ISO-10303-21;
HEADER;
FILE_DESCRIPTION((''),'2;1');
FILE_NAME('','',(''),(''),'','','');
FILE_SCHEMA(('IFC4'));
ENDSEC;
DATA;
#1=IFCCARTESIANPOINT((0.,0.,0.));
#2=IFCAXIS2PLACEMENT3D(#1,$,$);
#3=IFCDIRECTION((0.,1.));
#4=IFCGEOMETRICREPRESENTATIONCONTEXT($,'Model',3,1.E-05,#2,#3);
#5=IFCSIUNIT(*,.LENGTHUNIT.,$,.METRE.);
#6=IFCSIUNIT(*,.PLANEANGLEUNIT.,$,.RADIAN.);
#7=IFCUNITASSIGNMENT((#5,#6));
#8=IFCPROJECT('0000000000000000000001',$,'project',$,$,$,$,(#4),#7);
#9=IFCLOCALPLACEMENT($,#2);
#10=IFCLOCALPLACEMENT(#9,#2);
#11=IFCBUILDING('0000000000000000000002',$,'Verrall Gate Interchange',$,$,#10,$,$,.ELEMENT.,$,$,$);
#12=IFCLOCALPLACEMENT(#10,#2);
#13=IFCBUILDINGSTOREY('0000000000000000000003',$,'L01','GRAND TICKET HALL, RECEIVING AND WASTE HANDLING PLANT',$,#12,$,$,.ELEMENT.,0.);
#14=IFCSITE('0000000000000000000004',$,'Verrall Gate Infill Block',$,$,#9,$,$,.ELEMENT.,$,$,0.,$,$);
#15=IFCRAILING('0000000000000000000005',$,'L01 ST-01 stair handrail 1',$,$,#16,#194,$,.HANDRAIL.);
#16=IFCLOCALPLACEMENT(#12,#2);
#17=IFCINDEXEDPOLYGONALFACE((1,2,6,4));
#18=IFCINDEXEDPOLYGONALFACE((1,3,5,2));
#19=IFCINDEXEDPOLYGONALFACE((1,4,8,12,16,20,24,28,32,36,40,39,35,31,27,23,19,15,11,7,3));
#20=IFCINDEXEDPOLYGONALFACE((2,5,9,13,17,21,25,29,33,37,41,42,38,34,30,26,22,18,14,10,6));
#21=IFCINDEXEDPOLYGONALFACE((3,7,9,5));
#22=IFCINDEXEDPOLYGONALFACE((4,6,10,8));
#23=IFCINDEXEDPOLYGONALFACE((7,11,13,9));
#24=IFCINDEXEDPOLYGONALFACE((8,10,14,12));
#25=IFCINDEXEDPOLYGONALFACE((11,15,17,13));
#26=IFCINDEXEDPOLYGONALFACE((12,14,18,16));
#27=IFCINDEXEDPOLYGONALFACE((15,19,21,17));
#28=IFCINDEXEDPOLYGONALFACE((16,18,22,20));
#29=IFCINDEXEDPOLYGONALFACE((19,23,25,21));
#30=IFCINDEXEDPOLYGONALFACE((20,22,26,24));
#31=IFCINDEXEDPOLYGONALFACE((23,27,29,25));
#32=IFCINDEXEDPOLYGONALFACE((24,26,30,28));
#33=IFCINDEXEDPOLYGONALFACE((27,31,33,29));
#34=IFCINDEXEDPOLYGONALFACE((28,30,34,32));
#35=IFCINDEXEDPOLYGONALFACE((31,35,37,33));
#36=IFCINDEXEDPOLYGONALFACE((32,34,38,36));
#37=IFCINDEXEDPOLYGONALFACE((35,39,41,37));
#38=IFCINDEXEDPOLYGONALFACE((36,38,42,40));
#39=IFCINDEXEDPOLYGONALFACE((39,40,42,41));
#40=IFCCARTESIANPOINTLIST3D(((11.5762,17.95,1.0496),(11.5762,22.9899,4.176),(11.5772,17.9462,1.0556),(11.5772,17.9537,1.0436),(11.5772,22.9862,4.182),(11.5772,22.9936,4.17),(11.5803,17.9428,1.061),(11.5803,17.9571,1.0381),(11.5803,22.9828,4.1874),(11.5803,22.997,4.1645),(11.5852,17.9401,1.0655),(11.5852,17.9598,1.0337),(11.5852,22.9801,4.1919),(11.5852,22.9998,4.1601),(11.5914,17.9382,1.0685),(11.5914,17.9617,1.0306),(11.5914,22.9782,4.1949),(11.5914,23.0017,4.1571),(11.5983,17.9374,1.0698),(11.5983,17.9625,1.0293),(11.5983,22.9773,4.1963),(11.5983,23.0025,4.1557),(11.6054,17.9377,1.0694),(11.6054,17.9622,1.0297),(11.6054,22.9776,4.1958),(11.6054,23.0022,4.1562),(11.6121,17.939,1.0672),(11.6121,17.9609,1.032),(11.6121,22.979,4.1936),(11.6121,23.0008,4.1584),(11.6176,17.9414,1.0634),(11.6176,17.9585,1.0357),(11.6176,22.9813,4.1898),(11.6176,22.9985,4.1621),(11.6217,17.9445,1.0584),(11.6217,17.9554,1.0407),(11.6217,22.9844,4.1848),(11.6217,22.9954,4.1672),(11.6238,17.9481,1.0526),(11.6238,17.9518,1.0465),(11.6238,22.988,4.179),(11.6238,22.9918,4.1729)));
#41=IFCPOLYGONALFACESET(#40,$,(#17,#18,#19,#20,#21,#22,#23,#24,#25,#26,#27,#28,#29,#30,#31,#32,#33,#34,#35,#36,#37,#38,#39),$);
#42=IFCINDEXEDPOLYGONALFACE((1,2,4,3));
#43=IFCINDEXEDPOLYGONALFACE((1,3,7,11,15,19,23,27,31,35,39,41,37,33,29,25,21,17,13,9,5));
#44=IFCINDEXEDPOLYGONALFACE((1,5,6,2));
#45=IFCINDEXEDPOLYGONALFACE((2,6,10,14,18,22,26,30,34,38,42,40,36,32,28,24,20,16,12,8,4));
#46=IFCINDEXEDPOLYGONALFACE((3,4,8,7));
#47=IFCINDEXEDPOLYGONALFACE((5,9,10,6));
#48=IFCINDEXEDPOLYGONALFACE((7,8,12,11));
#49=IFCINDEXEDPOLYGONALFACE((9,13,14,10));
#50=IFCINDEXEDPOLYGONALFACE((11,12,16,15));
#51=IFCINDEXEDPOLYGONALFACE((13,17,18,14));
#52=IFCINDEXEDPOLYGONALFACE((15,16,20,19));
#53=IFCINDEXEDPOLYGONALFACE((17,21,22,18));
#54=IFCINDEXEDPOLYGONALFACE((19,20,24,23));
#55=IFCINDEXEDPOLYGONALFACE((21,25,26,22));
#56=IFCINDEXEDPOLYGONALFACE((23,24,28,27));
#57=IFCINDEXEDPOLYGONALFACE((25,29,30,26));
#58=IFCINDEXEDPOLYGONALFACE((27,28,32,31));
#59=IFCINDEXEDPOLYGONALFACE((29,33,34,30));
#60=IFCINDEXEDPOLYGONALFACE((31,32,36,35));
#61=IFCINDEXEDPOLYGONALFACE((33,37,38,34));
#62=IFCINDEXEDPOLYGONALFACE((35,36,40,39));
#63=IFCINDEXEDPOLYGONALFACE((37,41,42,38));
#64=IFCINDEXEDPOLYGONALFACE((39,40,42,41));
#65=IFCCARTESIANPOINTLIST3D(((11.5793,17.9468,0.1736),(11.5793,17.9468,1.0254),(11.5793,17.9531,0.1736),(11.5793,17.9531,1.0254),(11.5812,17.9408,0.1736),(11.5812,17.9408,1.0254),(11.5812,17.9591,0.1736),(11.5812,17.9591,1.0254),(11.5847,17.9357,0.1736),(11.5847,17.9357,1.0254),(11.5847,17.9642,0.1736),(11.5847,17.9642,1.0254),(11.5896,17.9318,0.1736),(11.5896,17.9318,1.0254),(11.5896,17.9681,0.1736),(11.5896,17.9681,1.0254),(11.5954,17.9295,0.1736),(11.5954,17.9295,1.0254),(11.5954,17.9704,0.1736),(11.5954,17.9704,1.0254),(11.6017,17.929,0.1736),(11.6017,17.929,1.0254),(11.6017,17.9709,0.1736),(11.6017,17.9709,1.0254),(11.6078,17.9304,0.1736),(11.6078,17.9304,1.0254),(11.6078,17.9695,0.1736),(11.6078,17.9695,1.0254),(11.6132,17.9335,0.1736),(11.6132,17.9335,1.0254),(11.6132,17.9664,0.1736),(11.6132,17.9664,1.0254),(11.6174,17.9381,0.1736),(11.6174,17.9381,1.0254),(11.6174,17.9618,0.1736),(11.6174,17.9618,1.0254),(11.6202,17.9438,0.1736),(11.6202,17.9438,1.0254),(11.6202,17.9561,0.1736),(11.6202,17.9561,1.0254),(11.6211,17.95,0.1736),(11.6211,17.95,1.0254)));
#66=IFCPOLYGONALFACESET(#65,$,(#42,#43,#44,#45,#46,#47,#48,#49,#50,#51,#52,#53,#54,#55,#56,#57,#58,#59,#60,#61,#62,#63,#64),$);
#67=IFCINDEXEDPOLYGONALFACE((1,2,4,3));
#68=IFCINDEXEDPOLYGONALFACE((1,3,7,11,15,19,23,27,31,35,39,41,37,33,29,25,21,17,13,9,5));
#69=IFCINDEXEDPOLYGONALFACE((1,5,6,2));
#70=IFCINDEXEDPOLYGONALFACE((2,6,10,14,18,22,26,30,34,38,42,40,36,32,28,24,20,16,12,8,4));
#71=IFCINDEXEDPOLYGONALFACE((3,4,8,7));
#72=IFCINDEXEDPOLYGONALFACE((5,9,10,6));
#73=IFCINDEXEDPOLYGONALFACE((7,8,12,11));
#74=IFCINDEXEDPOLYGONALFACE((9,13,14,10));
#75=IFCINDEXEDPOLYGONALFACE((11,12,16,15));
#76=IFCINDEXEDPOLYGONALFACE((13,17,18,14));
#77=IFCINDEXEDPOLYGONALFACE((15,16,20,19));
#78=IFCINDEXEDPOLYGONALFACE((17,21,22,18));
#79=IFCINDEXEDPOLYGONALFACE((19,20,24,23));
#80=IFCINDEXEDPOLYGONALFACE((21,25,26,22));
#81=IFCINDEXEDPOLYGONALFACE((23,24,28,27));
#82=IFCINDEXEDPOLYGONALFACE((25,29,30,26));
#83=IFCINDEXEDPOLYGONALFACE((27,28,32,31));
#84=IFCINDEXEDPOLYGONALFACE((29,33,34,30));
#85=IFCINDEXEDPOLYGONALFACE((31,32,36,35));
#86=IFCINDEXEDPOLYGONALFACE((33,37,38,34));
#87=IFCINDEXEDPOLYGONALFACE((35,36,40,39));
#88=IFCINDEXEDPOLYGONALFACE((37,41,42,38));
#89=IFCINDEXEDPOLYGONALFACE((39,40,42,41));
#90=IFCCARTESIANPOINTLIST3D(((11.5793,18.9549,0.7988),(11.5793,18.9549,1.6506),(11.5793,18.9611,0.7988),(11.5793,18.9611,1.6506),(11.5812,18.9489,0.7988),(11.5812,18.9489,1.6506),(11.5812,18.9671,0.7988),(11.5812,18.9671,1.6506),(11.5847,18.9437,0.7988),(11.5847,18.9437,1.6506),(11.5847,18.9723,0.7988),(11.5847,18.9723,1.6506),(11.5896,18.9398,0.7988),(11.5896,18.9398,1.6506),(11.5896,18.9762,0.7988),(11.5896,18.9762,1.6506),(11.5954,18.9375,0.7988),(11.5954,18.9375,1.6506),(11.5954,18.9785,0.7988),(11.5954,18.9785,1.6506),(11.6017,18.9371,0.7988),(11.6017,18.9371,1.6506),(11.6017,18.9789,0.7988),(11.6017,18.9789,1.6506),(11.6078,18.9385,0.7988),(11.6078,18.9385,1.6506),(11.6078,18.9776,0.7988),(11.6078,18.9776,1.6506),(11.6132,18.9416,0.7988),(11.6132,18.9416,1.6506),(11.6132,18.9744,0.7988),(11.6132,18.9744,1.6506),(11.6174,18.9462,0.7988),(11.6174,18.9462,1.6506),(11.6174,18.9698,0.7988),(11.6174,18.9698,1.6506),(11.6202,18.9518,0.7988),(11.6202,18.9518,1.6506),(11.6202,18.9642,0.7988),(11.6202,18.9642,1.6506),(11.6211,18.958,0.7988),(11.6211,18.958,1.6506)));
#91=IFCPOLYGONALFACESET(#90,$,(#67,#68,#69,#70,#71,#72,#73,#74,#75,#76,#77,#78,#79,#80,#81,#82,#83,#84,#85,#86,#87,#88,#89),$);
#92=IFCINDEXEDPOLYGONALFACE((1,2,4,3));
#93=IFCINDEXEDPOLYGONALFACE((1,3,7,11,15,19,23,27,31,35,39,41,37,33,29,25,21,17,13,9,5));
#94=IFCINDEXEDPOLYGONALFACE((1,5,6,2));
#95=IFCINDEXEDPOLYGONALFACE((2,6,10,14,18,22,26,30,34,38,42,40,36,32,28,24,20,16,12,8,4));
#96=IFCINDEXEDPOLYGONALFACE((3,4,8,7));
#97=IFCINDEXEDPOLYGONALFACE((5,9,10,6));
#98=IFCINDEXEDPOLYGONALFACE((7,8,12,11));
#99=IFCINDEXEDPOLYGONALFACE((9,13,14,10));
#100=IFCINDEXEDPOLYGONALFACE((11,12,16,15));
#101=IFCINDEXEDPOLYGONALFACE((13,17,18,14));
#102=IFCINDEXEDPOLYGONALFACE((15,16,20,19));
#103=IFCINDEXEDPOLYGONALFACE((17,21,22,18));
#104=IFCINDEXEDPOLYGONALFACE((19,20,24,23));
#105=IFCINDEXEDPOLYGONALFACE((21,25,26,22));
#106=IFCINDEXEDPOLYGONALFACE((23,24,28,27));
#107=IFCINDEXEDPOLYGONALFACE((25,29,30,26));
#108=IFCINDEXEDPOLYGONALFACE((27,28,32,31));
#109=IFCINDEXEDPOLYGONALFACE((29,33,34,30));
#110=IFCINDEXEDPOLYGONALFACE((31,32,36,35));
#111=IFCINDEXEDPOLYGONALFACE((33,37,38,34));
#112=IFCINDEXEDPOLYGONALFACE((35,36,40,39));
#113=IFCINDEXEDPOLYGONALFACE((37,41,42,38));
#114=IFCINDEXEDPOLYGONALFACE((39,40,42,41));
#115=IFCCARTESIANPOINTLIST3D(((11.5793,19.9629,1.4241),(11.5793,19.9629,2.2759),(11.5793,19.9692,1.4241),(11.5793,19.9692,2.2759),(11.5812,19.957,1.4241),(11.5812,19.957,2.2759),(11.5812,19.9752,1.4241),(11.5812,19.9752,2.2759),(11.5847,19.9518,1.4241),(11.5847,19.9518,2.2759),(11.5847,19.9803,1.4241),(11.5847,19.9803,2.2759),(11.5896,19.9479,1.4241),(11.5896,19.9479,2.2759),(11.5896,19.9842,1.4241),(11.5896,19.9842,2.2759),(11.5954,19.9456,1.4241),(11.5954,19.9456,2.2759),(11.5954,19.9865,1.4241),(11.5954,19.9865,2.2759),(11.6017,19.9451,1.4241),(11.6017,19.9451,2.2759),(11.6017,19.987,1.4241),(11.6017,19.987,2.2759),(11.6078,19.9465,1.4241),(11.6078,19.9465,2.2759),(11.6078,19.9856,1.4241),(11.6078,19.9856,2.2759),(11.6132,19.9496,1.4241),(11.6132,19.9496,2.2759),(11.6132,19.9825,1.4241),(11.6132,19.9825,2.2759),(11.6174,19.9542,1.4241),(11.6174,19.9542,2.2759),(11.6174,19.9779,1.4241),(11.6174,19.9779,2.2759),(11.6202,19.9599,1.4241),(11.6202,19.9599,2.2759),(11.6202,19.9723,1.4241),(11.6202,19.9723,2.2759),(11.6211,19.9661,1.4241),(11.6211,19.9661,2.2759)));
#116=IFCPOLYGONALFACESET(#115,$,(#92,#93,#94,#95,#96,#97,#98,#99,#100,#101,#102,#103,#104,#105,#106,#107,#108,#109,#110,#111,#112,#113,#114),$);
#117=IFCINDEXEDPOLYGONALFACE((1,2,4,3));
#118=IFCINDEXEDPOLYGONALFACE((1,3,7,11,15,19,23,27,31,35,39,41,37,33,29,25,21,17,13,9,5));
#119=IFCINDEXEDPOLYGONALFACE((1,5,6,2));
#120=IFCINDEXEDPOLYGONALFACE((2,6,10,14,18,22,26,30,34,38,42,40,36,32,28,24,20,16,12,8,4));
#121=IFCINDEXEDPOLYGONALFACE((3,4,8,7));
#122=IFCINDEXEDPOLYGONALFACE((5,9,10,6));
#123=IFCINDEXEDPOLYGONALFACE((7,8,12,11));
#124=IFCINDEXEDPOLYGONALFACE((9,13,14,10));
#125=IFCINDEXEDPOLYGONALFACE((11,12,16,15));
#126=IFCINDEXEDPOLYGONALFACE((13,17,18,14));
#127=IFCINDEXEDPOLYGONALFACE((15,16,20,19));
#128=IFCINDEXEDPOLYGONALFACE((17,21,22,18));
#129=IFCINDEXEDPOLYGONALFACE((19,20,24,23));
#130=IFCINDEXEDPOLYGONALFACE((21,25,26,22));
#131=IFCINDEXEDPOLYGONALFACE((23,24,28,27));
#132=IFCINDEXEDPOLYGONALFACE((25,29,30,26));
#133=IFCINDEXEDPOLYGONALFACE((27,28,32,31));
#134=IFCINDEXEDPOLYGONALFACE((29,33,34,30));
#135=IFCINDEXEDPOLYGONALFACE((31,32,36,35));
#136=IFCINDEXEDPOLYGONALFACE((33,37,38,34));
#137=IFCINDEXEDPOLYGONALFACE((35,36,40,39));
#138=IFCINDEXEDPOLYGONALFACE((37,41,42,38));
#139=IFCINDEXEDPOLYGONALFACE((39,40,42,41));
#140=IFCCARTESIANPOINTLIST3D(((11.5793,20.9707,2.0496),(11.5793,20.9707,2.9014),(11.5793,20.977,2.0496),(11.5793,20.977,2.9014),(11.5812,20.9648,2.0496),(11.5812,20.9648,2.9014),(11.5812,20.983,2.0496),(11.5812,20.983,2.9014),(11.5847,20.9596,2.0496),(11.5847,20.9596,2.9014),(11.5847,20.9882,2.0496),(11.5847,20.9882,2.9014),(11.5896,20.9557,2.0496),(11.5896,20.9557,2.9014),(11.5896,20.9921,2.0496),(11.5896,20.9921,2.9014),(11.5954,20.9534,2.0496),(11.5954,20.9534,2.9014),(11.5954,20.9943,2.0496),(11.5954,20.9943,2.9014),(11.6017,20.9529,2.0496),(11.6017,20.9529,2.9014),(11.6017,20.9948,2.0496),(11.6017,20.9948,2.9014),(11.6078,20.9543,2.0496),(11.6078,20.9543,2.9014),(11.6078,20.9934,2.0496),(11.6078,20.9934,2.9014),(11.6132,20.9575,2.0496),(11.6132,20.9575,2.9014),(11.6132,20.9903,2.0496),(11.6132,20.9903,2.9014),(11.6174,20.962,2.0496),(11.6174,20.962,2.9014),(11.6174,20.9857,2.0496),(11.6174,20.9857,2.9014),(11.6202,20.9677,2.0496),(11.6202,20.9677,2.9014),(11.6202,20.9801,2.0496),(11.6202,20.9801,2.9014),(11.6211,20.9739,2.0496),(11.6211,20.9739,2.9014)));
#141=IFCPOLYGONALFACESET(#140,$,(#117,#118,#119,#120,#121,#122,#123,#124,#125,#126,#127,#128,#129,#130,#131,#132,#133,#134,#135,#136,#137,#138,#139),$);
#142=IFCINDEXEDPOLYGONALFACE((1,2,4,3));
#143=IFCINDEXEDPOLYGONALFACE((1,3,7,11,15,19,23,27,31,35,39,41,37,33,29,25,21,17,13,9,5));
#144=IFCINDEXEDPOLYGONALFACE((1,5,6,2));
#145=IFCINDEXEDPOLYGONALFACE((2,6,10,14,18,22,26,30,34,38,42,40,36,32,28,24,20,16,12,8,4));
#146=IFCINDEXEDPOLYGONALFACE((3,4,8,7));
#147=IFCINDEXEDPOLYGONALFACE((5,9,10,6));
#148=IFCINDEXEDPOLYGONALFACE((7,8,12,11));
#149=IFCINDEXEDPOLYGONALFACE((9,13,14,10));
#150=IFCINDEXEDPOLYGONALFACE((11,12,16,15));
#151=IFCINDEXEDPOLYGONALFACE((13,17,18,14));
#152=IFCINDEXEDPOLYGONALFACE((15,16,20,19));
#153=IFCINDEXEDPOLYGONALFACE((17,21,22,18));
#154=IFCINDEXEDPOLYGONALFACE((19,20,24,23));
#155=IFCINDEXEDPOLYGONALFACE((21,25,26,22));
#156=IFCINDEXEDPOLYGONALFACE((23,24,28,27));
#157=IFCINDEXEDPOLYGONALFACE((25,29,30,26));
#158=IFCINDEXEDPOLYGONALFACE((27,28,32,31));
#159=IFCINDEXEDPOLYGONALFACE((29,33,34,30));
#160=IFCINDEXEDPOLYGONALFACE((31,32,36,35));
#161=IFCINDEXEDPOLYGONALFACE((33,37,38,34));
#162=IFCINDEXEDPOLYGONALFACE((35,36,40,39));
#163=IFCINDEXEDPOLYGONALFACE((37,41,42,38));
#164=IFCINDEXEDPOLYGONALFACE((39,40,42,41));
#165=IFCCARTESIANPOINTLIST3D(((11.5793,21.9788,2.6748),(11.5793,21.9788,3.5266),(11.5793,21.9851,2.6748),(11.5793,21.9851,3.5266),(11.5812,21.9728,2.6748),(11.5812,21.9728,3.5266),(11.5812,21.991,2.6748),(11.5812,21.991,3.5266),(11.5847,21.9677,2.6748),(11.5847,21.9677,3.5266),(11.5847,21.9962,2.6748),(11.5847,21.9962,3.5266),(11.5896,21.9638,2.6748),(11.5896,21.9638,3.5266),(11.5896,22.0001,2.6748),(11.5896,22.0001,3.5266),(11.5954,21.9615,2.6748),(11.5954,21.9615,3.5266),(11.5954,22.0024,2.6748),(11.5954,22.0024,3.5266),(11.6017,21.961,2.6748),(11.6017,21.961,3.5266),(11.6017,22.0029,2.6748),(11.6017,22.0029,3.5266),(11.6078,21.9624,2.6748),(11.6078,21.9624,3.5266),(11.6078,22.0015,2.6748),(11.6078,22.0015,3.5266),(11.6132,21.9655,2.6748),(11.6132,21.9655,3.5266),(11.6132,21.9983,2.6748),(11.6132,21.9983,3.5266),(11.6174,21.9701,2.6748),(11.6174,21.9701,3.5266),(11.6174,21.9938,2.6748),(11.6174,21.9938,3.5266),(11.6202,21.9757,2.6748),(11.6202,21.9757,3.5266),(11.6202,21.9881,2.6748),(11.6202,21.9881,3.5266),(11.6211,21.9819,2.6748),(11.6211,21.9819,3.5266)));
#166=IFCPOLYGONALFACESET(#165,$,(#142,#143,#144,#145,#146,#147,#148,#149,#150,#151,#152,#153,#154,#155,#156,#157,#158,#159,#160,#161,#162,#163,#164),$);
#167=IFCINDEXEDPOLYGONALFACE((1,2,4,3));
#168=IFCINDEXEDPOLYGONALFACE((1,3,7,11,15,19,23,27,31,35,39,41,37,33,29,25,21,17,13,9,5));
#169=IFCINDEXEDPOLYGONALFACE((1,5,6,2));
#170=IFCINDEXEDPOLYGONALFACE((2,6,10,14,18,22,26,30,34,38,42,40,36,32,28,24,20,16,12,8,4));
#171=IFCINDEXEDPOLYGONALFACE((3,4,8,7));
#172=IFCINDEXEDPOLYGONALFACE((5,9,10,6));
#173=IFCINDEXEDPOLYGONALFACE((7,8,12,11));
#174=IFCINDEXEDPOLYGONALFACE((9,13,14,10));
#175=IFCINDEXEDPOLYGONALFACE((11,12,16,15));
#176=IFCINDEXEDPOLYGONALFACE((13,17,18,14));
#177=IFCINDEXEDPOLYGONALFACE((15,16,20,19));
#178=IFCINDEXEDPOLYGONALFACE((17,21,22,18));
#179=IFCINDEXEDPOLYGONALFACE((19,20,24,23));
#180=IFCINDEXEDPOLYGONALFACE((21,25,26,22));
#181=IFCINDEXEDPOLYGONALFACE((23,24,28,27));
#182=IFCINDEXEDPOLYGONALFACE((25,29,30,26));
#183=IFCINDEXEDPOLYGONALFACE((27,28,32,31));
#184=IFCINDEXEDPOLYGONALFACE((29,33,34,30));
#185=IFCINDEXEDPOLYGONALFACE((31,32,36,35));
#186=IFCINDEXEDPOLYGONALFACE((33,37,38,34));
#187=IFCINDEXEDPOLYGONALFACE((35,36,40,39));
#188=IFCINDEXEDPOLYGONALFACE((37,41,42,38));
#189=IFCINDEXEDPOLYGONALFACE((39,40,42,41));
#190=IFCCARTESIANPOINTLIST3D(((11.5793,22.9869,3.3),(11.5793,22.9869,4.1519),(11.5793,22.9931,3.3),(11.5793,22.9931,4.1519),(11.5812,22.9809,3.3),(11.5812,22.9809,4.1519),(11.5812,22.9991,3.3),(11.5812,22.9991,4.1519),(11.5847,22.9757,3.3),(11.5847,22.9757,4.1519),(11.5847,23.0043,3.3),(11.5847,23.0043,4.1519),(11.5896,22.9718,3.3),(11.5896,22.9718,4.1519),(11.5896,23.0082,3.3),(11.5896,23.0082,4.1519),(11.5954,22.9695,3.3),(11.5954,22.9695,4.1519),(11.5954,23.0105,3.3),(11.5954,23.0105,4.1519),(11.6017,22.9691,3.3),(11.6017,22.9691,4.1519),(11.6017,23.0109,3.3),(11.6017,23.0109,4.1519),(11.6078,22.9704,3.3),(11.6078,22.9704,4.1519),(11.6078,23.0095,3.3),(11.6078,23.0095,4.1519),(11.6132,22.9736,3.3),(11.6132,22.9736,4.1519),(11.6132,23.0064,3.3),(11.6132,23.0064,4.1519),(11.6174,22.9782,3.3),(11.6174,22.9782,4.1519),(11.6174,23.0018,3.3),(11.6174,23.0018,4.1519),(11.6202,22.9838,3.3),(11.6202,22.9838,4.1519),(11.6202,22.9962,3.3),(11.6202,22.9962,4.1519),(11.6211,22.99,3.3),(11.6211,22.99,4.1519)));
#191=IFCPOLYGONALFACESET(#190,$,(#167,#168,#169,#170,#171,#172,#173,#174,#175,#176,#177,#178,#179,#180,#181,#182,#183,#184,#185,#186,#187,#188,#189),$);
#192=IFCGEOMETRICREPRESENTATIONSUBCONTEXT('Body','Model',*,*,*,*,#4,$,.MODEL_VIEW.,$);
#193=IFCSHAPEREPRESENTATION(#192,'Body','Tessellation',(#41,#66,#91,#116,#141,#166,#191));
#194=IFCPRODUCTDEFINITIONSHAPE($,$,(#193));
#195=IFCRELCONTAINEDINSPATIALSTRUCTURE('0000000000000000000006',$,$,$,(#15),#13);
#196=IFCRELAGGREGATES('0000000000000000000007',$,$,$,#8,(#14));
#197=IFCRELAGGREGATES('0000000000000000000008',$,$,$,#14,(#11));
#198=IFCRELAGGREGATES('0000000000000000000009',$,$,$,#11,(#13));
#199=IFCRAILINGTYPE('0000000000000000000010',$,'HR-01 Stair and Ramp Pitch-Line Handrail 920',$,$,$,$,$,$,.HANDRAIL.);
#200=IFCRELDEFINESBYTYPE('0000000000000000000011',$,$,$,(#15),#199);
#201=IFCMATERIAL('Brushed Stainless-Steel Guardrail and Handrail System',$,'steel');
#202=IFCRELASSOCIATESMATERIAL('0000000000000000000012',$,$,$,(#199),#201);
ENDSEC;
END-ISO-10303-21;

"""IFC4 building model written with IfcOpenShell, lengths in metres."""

from ifc_helpers import new_model, si_unit, direction, frame, origin, origin_2d, place, context, subcontext, project, spatial, circle, extrude, material, type_object, element, save


model = new_model("IFC4")

# Units and contexts
model_context = context("Model", 3, precision=1e-05, world=origin(), true_north=direction((0.0, 1.0)))
body_context = subcontext(model_context, "Body", "Model", "MODEL_VIEW")
ifc_project = project(units=[si_unit("LENGTHUNIT", "METRE"), si_unit("PLANEANGLEUNIT", "RADIAN")], contexts=[model_context])

# Site, building, storey
site_placement = place(None, origin())
site = spatial("IfcSite", under=ifc_project, at=site_placement, Name="Verrall Gate Infill Block", CompositionType="ELEMENT", RefElevation=0.0)
building_placement = place(site_placement, origin())
building = spatial("IfcBuilding", under=site, at=building_placement, Name="Verrall Gate Interchange", CompositionType="ELEMENT")
storey_placement = place(building_placement, origin())
storey = spatial("IfcBuildingStorey", under=building, at=storey_placement, Name="L01", Description="GRAND TICKET HALL, RECEIVING AND WASTE HANDLING PLANT", CompositionType="ELEMENT", Elevation=0.0)

# Railing
ifc_material_1 = material(Name="Brushed Stainless-Steel Guardrail and Handrail System", Category="steel")
railing_type_1 = type_object("IfcRailingType", Name="HR-01 Stair and Ramp Pitch-Line Handrail 920", PredefinedType="HANDRAIL", material=ifc_material_1)
railing_1_placement = place(storey_placement, frame((11.6001, 17.95, 0.1736)))
element("IfcRailing", 1, at=railing_1_placement, inside=storey, type_object=railing_type_1, Name="L01 ST-01 stair handrail 1", PredefinedType="HANDRAIL", context=body_context, shape_type="SweptSolid", body=[
    extrude(circle(Radius=0.0239, at=origin_2d()), frame((0.0, 0.0, 0.876), z_axis=(0.0, 0.849779, 0.527139), x_axis=(-1.0, 0.0, 0.0)), (0.0, 0.0, 1.0), 5.9309),
    extrude(circle(Radius=0.021, at=origin_2d()), origin(), (0.0, 0.0, 1.0), 0.8518),
    extrude(circle(Radius=0.021, at=origin_2d()), frame((0.0, 1.0081, 0.6252)), (0.0, 0.0, 1.0), 0.8518),
    extrude(circle(Radius=0.021, at=origin_2d()), frame((0.0, 2.0161, 1.2505)), (0.0, 0.0, 1.0), 0.8518),
    extrude(circle(Radius=0.021, at=origin_2d()), frame((0.0, 3.0239, 1.876)), (0.0, 0.0, 1.0), 0.8518),
    extrude(circle(Radius=0.021, at=origin_2d()), frame((0.0, 4.032, 2.5012)), (0.0, 0.0, 1.0), 0.8518),
    extrude(circle(Radius=0.021, at=origin_2d()), frame((0.0, 5.04, 3.1265)), (0.0, 0.0, 1.0), 0.8518),
])

save(model, "model.ifc")
